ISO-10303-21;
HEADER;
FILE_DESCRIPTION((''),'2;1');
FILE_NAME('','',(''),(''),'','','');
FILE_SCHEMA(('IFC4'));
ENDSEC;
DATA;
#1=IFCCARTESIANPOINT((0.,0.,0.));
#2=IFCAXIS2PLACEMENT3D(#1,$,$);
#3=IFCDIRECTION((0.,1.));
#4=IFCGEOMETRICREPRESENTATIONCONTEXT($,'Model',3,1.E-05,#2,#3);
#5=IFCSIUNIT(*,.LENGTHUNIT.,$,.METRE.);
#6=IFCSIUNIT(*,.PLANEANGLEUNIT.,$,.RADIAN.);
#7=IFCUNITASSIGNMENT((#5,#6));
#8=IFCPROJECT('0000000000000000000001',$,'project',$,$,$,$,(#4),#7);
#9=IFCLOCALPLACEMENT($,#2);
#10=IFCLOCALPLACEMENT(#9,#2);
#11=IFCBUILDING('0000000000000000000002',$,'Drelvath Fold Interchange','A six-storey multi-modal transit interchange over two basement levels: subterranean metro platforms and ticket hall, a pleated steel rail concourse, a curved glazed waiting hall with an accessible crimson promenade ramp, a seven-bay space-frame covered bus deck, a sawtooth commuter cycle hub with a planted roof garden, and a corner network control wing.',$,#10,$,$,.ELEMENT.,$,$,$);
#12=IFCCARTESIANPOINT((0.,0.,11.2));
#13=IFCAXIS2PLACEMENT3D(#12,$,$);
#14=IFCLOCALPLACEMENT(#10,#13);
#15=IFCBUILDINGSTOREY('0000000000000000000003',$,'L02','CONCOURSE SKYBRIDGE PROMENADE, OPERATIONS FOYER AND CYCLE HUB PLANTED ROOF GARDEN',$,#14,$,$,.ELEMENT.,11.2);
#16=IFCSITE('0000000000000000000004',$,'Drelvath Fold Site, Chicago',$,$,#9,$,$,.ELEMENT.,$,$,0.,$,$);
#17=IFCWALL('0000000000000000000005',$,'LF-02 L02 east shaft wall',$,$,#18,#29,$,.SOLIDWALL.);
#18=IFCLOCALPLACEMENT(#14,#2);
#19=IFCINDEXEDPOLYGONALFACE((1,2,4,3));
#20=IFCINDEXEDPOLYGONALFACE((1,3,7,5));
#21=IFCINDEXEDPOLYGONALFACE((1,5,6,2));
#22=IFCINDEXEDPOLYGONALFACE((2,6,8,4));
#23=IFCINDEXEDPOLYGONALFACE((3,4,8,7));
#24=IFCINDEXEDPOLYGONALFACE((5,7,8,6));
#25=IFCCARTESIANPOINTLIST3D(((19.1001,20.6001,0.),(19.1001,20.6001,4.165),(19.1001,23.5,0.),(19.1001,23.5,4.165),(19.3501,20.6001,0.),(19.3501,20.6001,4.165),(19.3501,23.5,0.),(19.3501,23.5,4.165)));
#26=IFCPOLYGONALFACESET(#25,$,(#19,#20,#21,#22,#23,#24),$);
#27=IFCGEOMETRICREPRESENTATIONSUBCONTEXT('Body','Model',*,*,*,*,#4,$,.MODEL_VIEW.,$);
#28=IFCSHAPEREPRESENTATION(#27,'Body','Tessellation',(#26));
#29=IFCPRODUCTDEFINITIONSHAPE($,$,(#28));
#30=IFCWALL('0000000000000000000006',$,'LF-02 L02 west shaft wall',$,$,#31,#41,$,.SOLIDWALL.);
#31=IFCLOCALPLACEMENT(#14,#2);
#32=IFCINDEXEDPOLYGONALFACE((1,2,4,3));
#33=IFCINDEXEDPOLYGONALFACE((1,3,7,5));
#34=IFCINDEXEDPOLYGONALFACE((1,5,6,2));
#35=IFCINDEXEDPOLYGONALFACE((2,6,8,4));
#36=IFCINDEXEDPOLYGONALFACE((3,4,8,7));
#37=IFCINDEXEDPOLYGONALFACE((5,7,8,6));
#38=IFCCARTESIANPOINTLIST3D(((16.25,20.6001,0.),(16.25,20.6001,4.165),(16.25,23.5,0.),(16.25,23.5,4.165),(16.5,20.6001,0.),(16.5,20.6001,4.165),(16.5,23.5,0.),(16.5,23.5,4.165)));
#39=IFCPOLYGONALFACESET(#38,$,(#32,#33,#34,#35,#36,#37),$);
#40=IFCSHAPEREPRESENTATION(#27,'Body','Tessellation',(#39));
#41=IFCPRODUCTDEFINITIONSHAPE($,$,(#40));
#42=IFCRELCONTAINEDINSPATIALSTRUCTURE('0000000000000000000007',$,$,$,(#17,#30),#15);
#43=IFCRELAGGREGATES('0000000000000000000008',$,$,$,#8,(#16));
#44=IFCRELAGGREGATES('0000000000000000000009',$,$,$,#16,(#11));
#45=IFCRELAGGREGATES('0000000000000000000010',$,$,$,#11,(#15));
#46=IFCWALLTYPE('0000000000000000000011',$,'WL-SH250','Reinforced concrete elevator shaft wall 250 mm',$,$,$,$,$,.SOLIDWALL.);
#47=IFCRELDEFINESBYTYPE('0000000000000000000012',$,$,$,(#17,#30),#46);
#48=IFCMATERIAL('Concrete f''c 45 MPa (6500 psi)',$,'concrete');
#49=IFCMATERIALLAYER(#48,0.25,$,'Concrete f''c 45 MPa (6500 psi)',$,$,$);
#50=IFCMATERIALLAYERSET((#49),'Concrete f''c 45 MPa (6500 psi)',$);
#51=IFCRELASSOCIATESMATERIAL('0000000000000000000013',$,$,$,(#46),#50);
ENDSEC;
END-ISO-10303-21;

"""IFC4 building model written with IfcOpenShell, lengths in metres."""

from ifc_helpers import new_model, si_unit, direction, frame, frame_2d, origin, place, context, subcontext, project, spatial, rectangle, extrude, material, layer, layer_set, type_object, element, save


model = new_model("IFC4")

# Units and contexts
model_context = context("Model", 3, precision=1e-05, world=origin(), true_north=direction((0.0, 1.0)))
body_context = subcontext(model_context, "Body", "Model", "MODEL_VIEW")
ifc_project = project(units=[si_unit("LENGTHUNIT", "METRE"), si_unit("PLANEANGLEUNIT", "RADIAN")], contexts=[model_context])

# Site, building, storey
site_placement = place(None, origin())
site = spatial("IfcSite", under=ifc_project, at=site_placement, Name="Drelvath Fold Site, Chicago", CompositionType="ELEMENT", RefElevation=0.0)
building_placement = place(site_placement, origin())
building = spatial("IfcBuilding", under=site, at=building_placement, Name="Drelvath Fold Interchange", Description="A six-storey multi-modal transit interchange over two basement levels: subterranean metro platforms and ticket hall, a pleated steel rail concourse, a curved glazed waiting hall with an accessible crimson promenade ramp, a seven-bay space-frame covered bus deck, a sawtooth commuter cycle hub with a planted roof garden, and a corner network control wing.", CompositionType="ELEMENT")
storey_placement = place(building_placement, frame((0.0, 0.0, 11.2)))
storey = spatial("IfcBuildingStorey", under=building, at=storey_placement, Name="L02", Description="CONCOURSE SKYBRIDGE PROMENADE, OPERATIONS FOYER AND CYCLE HUB PLANTED ROOF GARDEN", CompositionType="ELEMENT", Elevation=11.2)

# Shared definitions
ifc_material_1 = material(Name="Concrete f'c 45 MPa (6500 psi)", Category="concrete")
ifc_layer = layer(ifc_material_1, 0.25, Name="Concrete f'c 45 MPa (6500 psi)")
ifc_layer_set = layer_set([ifc_layer], Name="Concrete f'c 45 MPa (6500 psi)")
wall_type = type_object("IfcWallType", Name="WL-SH250", Description="Reinforced concrete elevator shaft wall 250 mm", PredefinedType="SOLIDWALL", material=ifc_layer_set)

# Walls
for number, where, z_axis, x_axis, name in (
    (1, (19.2251, 20.6001, 0.0), (0.0, 0.0, 1.0), (0.0, 1.0, 0.0), "LF-02 L02 east shaft wall"),
    (2, (16.375, 23.5, 0.0), (0.0, 0.0, 1.0), (0.0, -1.0, 0.0), "LF-02 L02 west shaft wall"),
):
    element("IfcWall", number, at=place(storey_placement, frame(where, z_axis=z_axis, x_axis=x_axis)), inside=storey, type_object=wall_type, Name=name, PredefinedType="SOLIDWALL", context=body_context, shape_type="SweptSolid", body=[
        extrude(rectangle(XDim=2.8999, YDim=0.25, at=frame_2d((1.45, 0.0))), origin(), (0.0, 0.0, 1.0), 4.165),
    ])

save(model, "model.ifc")
